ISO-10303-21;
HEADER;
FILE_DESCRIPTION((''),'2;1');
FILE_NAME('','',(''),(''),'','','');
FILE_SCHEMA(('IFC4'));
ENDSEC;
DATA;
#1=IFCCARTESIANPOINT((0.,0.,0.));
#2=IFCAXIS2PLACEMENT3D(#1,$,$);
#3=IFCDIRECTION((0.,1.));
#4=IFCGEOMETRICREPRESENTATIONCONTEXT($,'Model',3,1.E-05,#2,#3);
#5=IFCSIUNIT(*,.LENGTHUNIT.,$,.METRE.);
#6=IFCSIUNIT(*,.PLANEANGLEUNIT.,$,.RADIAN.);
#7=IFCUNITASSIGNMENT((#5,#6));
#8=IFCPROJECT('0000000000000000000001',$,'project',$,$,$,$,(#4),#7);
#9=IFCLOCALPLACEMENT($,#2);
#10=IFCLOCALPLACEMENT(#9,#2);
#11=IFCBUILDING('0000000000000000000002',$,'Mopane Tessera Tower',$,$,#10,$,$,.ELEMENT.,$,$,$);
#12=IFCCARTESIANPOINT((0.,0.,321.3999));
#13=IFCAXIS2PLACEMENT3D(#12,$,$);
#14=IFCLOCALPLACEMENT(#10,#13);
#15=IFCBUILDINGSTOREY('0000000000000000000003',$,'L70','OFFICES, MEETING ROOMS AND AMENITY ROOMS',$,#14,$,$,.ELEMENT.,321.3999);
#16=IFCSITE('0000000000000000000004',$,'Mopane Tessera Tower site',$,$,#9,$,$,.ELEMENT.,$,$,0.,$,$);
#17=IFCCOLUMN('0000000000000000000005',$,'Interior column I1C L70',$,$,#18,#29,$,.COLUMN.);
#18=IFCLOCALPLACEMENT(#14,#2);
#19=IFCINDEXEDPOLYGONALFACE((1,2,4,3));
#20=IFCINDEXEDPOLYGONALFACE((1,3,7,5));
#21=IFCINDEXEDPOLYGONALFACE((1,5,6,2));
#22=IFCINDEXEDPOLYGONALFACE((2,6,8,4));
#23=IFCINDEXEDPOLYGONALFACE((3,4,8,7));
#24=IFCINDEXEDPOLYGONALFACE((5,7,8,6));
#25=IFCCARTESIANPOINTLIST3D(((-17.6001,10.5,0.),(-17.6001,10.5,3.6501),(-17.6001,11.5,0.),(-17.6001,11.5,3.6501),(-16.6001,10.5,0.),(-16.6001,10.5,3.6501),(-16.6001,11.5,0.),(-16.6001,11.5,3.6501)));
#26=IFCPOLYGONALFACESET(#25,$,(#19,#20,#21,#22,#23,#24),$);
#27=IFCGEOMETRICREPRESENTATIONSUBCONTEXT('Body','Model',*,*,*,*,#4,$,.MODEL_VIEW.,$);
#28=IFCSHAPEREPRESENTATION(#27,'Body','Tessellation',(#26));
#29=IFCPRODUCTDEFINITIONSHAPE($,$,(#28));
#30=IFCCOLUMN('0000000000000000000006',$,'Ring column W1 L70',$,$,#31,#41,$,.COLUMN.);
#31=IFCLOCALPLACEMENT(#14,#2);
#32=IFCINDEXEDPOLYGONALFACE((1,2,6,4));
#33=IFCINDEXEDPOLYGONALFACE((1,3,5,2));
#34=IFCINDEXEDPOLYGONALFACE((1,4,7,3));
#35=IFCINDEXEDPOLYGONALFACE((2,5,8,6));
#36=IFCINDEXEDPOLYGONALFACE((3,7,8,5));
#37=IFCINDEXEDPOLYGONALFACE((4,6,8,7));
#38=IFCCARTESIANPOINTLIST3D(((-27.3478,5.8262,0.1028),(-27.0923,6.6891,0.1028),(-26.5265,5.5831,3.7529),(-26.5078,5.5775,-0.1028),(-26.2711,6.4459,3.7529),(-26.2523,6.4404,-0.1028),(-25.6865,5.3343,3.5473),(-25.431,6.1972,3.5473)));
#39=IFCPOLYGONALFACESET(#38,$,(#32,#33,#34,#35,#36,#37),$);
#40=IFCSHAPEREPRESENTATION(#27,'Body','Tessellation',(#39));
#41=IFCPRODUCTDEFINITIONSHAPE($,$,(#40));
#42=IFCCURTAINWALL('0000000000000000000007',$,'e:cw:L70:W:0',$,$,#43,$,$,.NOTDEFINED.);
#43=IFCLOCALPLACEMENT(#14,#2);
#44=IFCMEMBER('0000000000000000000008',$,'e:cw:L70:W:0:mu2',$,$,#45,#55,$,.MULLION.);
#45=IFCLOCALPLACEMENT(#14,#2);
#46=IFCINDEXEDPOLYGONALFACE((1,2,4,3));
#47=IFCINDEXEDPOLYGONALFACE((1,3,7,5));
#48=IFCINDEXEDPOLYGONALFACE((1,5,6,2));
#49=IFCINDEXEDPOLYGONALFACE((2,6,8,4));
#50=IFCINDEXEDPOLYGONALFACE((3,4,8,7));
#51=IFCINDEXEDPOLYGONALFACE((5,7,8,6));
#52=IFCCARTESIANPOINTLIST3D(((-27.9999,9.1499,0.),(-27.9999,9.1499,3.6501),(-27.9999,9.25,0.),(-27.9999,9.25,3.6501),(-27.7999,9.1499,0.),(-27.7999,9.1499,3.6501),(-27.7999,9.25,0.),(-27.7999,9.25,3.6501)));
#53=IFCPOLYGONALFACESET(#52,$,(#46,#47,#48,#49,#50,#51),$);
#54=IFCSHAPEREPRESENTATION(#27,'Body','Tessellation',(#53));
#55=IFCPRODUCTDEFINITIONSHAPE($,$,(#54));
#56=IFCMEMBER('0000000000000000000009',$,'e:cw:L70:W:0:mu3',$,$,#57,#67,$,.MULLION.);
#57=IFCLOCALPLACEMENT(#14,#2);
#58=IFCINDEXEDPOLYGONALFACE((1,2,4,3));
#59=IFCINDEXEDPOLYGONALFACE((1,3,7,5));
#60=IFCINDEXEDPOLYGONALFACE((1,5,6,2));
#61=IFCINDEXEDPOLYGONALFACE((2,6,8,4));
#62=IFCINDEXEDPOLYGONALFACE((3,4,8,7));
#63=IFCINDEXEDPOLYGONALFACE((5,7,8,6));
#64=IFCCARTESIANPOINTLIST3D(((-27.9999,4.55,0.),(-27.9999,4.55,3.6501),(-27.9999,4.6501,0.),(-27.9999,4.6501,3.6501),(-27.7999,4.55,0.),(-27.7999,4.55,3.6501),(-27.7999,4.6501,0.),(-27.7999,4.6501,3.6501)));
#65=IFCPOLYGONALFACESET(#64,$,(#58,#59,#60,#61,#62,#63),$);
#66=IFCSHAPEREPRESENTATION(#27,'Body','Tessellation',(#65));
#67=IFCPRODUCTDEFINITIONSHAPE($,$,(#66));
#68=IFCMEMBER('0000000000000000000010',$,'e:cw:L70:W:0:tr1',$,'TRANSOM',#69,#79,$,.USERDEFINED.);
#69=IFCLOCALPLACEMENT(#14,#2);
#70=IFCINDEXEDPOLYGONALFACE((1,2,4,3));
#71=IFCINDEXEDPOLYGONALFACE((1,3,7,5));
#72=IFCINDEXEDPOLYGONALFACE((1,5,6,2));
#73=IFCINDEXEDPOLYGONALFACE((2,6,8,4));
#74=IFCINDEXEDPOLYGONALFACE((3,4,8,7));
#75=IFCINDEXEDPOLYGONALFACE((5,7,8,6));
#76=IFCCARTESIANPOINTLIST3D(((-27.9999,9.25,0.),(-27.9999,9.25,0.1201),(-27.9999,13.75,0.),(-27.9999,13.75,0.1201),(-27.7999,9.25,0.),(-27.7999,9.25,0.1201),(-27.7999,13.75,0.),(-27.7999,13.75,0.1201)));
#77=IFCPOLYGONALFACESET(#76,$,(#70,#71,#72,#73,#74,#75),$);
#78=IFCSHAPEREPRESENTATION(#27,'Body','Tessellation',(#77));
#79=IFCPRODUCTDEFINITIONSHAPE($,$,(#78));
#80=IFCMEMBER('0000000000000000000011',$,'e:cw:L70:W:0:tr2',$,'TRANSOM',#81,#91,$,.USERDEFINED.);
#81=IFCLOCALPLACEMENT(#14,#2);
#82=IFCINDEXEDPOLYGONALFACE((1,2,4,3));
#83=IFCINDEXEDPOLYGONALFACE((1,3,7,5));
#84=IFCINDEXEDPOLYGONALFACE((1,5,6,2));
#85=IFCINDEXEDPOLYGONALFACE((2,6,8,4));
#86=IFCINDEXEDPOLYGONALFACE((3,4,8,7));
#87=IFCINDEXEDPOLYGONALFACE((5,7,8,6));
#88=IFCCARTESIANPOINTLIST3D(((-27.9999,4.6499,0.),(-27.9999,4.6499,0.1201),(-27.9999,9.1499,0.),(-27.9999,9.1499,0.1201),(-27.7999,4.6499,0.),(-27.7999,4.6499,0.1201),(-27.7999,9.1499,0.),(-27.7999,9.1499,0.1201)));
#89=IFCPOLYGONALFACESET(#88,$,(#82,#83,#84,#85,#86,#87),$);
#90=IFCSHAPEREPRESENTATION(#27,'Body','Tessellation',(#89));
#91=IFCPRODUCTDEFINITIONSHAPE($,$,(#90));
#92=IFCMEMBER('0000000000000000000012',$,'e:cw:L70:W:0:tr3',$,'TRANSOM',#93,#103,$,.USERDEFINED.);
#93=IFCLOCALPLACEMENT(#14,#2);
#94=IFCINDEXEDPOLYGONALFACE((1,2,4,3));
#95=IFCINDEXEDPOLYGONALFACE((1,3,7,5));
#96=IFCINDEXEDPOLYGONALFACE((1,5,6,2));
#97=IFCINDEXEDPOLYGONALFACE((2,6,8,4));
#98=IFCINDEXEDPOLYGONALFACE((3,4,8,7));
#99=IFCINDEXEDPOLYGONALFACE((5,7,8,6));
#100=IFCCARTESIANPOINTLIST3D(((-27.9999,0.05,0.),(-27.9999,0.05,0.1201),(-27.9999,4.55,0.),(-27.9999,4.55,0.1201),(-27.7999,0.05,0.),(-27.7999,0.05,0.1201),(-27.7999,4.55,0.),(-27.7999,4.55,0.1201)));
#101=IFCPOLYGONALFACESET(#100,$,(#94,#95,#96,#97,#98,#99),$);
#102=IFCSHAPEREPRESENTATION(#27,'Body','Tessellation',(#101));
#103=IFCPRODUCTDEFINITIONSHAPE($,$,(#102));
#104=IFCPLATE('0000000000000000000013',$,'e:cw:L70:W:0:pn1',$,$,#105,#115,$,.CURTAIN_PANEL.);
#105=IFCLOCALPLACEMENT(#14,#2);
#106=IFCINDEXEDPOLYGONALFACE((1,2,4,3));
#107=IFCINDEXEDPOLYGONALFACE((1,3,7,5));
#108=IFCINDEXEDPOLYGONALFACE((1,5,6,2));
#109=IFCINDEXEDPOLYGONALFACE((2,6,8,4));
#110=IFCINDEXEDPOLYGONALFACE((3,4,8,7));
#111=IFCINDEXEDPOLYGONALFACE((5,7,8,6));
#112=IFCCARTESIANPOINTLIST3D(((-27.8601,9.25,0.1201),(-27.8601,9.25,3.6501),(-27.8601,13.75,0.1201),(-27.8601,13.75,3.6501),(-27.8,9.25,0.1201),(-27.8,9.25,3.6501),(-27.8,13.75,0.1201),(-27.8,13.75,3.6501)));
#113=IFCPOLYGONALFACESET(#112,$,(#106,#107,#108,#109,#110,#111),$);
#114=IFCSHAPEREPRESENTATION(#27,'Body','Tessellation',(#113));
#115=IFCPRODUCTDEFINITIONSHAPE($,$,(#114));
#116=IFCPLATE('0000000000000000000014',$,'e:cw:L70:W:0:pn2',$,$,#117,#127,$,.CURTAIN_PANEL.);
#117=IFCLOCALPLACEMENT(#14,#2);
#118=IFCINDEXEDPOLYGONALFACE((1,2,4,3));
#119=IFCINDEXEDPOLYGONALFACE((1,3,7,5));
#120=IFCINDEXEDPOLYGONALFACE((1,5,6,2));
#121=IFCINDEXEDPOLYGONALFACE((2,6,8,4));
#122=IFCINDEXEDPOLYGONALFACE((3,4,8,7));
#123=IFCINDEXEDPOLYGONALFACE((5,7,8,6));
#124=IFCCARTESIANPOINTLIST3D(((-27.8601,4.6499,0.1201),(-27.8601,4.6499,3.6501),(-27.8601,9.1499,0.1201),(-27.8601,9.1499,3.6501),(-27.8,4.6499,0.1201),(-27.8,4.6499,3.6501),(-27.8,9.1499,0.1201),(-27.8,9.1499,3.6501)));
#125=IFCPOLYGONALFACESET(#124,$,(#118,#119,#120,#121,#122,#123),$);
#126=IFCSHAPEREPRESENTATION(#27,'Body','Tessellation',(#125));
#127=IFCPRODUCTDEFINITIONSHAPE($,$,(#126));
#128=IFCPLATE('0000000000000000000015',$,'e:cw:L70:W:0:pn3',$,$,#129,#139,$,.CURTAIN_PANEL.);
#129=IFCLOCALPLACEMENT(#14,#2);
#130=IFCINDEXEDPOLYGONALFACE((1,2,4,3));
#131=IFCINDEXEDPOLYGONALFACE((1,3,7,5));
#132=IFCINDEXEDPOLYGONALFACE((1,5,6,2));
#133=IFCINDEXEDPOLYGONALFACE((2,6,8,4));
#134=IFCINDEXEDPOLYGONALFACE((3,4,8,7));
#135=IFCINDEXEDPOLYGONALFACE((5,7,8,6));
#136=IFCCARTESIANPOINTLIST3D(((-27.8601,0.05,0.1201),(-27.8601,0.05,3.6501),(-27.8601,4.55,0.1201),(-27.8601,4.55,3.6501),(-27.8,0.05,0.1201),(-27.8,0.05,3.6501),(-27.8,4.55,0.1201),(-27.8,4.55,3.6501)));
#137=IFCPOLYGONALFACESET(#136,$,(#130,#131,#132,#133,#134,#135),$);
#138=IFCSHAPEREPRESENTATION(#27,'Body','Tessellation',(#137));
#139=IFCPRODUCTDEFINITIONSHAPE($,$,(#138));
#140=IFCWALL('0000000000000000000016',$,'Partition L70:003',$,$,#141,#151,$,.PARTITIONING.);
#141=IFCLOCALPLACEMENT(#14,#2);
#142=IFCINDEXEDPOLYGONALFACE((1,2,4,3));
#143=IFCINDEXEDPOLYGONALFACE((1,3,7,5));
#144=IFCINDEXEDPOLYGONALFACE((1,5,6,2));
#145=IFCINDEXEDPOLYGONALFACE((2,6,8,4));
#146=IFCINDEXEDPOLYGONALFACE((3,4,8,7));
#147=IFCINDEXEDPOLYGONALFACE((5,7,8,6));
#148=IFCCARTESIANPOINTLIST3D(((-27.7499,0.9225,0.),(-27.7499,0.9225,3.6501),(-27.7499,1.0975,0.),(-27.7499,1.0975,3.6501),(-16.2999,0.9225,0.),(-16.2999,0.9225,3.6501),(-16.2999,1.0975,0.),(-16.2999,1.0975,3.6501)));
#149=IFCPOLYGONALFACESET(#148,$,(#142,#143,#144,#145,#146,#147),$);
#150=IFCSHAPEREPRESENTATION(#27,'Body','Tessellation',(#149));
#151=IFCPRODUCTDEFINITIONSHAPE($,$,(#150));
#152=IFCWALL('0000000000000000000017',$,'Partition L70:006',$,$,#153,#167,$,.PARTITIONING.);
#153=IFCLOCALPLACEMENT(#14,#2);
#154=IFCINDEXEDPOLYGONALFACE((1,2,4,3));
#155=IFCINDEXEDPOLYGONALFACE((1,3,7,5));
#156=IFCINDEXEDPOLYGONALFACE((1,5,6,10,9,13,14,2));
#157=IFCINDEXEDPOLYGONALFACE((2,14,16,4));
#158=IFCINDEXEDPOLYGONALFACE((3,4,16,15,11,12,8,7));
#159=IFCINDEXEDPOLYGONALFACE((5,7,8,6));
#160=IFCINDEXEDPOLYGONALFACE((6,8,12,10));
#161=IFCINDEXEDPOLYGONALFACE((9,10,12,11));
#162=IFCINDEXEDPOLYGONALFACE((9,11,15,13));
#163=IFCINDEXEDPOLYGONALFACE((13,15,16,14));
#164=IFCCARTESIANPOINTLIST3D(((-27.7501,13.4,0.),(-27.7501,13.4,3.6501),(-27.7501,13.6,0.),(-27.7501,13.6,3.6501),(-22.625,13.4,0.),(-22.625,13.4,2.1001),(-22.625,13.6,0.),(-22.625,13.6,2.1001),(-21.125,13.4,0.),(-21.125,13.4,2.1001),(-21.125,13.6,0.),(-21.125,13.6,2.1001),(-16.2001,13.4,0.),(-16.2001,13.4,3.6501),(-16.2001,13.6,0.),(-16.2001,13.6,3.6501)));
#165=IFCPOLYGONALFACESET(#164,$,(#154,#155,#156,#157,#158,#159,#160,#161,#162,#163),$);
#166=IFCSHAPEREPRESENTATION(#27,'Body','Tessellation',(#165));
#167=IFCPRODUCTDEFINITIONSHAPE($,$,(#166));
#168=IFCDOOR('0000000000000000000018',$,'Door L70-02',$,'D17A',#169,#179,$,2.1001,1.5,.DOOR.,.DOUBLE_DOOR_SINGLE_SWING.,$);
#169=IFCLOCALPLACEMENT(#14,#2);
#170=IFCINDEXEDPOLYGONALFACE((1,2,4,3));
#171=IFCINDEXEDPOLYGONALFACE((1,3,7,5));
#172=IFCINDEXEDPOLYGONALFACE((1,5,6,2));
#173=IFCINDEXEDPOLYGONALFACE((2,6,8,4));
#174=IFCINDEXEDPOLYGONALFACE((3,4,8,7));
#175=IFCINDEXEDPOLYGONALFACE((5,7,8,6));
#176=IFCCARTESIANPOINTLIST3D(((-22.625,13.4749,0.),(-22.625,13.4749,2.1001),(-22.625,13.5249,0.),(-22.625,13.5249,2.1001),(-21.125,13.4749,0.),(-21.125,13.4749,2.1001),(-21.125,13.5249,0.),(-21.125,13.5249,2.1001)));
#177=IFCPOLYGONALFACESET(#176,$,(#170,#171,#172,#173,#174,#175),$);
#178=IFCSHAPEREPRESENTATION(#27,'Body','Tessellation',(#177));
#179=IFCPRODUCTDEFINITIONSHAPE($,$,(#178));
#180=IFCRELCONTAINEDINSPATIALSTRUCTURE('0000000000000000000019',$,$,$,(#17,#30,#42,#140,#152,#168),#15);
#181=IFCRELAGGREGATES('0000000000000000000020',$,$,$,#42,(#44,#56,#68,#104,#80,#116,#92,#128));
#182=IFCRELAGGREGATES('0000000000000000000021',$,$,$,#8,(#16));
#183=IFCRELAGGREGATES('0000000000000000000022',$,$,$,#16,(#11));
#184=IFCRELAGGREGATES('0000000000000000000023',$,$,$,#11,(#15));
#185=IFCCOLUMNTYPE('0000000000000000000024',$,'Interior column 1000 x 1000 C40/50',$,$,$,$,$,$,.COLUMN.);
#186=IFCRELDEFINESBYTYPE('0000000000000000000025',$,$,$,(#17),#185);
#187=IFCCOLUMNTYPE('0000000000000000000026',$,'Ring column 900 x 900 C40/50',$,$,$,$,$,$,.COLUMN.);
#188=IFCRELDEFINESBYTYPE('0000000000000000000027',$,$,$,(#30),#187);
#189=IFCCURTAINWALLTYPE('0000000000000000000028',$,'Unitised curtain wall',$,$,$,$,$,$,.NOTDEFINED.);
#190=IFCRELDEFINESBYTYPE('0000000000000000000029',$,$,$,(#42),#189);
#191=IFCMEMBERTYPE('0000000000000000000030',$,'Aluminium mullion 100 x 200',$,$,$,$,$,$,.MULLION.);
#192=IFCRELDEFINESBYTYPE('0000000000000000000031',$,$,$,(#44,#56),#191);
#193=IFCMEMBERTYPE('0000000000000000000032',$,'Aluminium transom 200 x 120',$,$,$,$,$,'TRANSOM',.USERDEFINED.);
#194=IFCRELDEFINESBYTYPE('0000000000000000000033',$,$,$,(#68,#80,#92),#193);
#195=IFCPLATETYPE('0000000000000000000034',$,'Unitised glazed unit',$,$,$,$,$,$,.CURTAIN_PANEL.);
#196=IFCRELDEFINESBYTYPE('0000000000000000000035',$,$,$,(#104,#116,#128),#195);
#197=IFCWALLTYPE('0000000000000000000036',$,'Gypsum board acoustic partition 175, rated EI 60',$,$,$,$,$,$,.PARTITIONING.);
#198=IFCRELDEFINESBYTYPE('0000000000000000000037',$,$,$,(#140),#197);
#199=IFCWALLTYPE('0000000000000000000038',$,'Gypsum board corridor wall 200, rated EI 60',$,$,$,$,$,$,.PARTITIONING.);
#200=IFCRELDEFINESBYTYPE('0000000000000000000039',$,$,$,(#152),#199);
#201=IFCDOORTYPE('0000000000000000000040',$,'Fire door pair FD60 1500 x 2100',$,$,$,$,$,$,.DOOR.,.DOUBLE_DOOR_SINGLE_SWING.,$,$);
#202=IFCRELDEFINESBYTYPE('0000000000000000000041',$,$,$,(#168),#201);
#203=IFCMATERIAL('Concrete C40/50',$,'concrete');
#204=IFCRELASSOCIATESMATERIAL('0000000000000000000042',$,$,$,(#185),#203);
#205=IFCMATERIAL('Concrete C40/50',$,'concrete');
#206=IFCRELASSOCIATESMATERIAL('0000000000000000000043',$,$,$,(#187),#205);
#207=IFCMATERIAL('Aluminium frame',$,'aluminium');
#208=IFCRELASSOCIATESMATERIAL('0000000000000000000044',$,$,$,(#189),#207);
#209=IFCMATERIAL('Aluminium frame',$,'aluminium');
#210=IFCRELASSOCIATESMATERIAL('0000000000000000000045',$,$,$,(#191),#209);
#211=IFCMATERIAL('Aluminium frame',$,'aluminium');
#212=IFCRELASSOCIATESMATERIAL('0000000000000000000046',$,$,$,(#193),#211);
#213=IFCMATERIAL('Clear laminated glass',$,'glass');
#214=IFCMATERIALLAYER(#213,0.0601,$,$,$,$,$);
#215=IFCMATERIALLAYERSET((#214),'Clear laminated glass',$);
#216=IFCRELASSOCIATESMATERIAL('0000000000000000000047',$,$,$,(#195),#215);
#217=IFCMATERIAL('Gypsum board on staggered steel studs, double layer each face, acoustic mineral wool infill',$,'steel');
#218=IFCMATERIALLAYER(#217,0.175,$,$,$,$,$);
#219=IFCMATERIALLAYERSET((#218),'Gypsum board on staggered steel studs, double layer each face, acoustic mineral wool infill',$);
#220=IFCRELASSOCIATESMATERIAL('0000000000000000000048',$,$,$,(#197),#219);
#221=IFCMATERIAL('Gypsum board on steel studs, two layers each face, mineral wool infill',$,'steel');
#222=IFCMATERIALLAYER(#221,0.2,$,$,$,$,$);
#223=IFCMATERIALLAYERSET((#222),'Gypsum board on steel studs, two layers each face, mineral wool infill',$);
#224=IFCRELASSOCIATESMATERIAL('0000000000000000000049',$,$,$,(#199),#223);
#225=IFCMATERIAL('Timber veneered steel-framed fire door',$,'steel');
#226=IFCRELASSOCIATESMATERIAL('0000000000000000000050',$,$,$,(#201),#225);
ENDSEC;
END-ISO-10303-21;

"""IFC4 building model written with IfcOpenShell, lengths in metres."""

from ifc_helpers import new_model, si_unit, direction, frame, frame_2d, origin, origin_2d, place, context, subcontext, project, spatial, rectangle, extrude, material, layer, layer_set, material_profile, profile_set, type_object, element, fill, aggregate, save


model = new_model("IFC4")

# Units and contexts
model_context = context("Model", 3, precision=1e-05, world=origin(), true_north=direction((0.0, 1.0)))
body_context = subcontext(model_context, "Body", "Model", "MODEL_VIEW")
ifc_project = project(units=[si_unit("LENGTHUNIT", "METRE"), si_unit("PLANEANGLEUNIT", "RADIAN")], contexts=[model_context])

# Site, building, storey
site_placement = place(None, origin())
site = spatial("IfcSite", under=ifc_project, at=site_placement, Name="Mopane Tessera Tower site", CompositionType="ELEMENT", RefElevation=0.0)
building_placement = place(site_placement, origin())
building = spatial("IfcBuilding", under=site, at=building_placement, Name="Mopane Tessera Tower", CompositionType="ELEMENT")
storey_placement = place(building_placement, frame((0.0, 0.0, 321.3999)))
storey = spatial("IfcBuildingStorey", under=building, at=storey_placement, Name="L70", Description="OFFICES, MEETING ROOMS AND AMENITY ROOMS", CompositionType="ELEMENT", Elevation=321.3999)

# Columns
ifc_material_1 = material(Name="Concrete C40/50", Category="concrete")
ifc_material_profile_1 = material_profile(ifc_material_1, rectangle(XDim=1.0, YDim=1.0, at=origin_2d()))
ifc_profile_set_1 = profile_set([ifc_material_profile_1], Name="Concrete C40/50")
column_type_1 = type_object("IfcColumnType", Name="Interior column 1000 x 1000 C40/50", PredefinedType="COLUMN", material=ifc_profile_set_1)
column_1_placement = place(storey_placement, frame((-17.1001, 11.0, 0.0), z_axis=(0.0, 0.0, 1.0), x_axis=(1.0, 0.0, 0.0)))
element("IfcColumn", 1, at=column_1_placement, inside=storey, type_object=column_type_1, Name="Interior column I1C L70", PredefinedType="COLUMN", context=body_context, shape_type="SweptSolid", body=[
    extrude(rectangle(XDim=1.0, YDim=1.0, at=origin_2d()), origin(), (0.0, 0.0, 1.0), 3.6501),
])
ifc_material_2 = material(Name="Concrete C40/50", Category="concrete")
ifc_material_profile_2 = material_profile(ifc_material_2, rectangle(XDim=0.8999, YDim=0.8999, at=origin_2d()))
ifc_profile_set_2 = profile_set([ifc_material_profile_2], Name="Concrete C40/50")
column_type_2 = type_object("IfcColumnType", Name="Ring column 900 x 900 C40/50", PredefinedType="COLUMN", material=ifc_profile_set_2)
column_2_placement = place(storey_placement, frame((-26.8, 6.1333, 0.0), z_axis=(0.219052, -0.064856, 0.973555), x_axis=(0.283894, 0.958856, 0.0)))
element("IfcColumn", 2, at=column_2_placement, inside=storey, type_object=column_type_2, Name="Ring column W1 L70", PredefinedType="COLUMN", context=body_context, shape_type="SweptSolid", body=[
    extrude(rectangle(XDim=0.8999, YDim=0.8999, at=origin_2d()), origin(), (0.0, 0.0, 1.0), 3.7493),
])

# Curtain wall, members, plates
ifc_material_3 = material(Name="Aluminium frame", Category="aluminium")
curtain_wall_type = type_object("IfcCurtainWallType", Name="Unitised curtain wall", PredefinedType="NOTDEFINED", material=ifc_material_3)
curtain_wall_placement = place(storey_placement, origin())
curtain_wall = element("IfcCurtainWall", 3, at=curtain_wall_placement, inside=storey, type_object=curtain_wall_type, Name="e:cw:L70:W:0", PredefinedType="NOTDEFINED")
ifc_material_4 = material(Name="Aluminium frame", Category="aluminium")
ifc_material_profile_3 = material_profile(ifc_material_4, rectangle(XDim=0.1001, YDim=0.2, at=origin_2d()))
ifc_profile_set_3 = profile_set([ifc_material_profile_3], Name="Aluminium frame")
member_type_1 = type_object("IfcMemberType", Name="Aluminium mullion 100 x 200", PredefinedType="MULLION", material=ifc_profile_set_3)
member_1_placement = place(storey_placement, frame((-27.8999, 9.2, 0.0), z_axis=(0.0, 0.0, 1.0), x_axis=(0.0, -1.0, 0.0)))
member_1 = element("IfcMember", 4, at=member_1_placement, type_object=member_type_1, Name="e:cw:L70:W:0:mu2", PredefinedType="MULLION", context=body_context, shape_type="SweptSolid", body=[
    extrude(rectangle(XDim=0.1001, YDim=0.2, at=origin_2d()), origin(), (0.0, 0.0, 1.0), 3.6501),
])
member_2_placement = place(storey_placement, frame((-27.8999, 4.6001, 0.0), z_axis=(0.0, 0.0, 1.0), x_axis=(0.0, -1.0, 0.0)))
member_2 = element("IfcMember", 5, at=member_2_placement, type_object=member_type_1, Name="e:cw:L70:W:0:mu3", PredefinedType="MULLION", context=body_context, shape_type="SweptSolid", body=[
    extrude(rectangle(XDim=0.1001, YDim=0.2, at=origin_2d()), origin(), (0.0, 0.0, 1.0), 3.6501),
])
ifc_material_5 = material(Name="Aluminium frame", Category="aluminium")
ifc_material_profile_4 = material_profile(ifc_material_5, rectangle(XDim=0.2, YDim=0.1201, at=origin_2d()))
ifc_profile_set_4 = profile_set([ifc_material_profile_4], Name="Aluminium frame")
member_type_2 = type_object("IfcMemberType", Name="Aluminium transom 200 x 120", ElementType="TRANSOM", PredefinedType="USERDEFINED", material=ifc_profile_set_4)
member_3_placement = place(storey_placement, frame((-27.8999, 13.75, 0.0601), z_axis=(0.0, -1.0, 0.0), x_axis=(1.0, 0.0, 0.0)))
member_3 = element("IfcMember", 6, at=member_3_placement, type_object=member_type_2, Name="e:cw:L70:W:0:tr1", ObjectType="TRANSOM", PredefinedType="USERDEFINED", context=body_context, shape_type="SweptSolid", body=[
    extrude(rectangle(XDim=0.2, YDim=0.1201, at=origin_2d()), origin(), (0.0, 0.0, 1.0), 4.5),
])
member_4_placement = place(storey_placement, frame((-27.8999, 9.1499, 0.0601), z_axis=(0.0, -1.0, 0.0), x_axis=(1.0, 0.0, 0.0)))
member_4 = element("IfcMember", 7, at=member_4_placement, type_object=member_type_2, Name="e:cw:L70:W:0:tr2", ObjectType="TRANSOM", PredefinedType="USERDEFINED", context=body_context, shape_type="SweptSolid", body=[
    extrude(rectangle(XDim=0.2, YDim=0.1201, at=origin_2d()), origin(), (0.0, 0.0, 1.0), 4.5),
])
member_5_placement = place(storey_placement, frame((-27.8999, 4.55, 0.0601), z_axis=(0.0, -1.0, 0.0), x_axis=(1.0, 0.0, 0.0)))
member_5 = element("IfcMember", 8, at=member_5_placement, type_object=member_type_2, Name="e:cw:L70:W:0:tr3", ObjectType="TRANSOM", PredefinedType="USERDEFINED", context=body_context, shape_type="SweptSolid", body=[
    extrude(rectangle(XDim=0.2, YDim=0.1201, at=origin_2d()), origin(), (0.0, 0.0, 1.0), 4.5),
])
ifc_material_6 = material(Name="Clear laminated glass", Category="glass")
ifc_layer_1 = layer(ifc_material_6, 0.0601)
ifc_layer_set_1 = layer_set([ifc_layer_1], Name="Clear laminated glass")
plate_type = type_object("IfcPlateType", Name="Unitised glazed unit", PredefinedType="CURTAIN_PANEL", material=ifc_layer_set_1)
plate_1_placement = place(storey_placement, frame((-27.8301, 11.5, 0.1201), z_axis=(0.0, 0.0, 1.0), x_axis=(0.0, -1.0, 0.0)))
plate_1 = element("IfcPlate", 9, at=plate_1_placement, type_object=plate_type, Name="e:cw:L70:W:0:pn1", PredefinedType="CURTAIN_PANEL", context=body_context, shape_type="SweptSolid", body=[
    extrude(rectangle(XDim=4.5, YDim=0.0601, at=origin_2d()), origin(), (0.0, 0.0, 1.0), 3.53),
])
plate_2_placement = place(storey_placement, frame((-27.8301, 6.8999, 0.1201), z_axis=(0.0, 0.0, 1.0), x_axis=(0.0, -1.0, 0.0)))
plate_2 = element("IfcPlate", 10, at=plate_2_placement, type_object=plate_type, Name="e:cw:L70:W:0:pn2", PredefinedType="CURTAIN_PANEL", context=body_context, shape_type="SweptSolid", body=[
    extrude(rectangle(XDim=4.5, YDim=0.0601, at=origin_2d()), origin(), (0.0, 0.0, 1.0), 3.53),
])
plate_3_placement = place(storey_placement, frame((-27.8301, 2.3, 0.1201), z_axis=(0.0, 0.0, 1.0), x_axis=(0.0, -1.0, 0.0)))
plate_3 = element("IfcPlate", 11, at=plate_3_placement, type_object=plate_type, Name="e:cw:L70:W:0:pn3", PredefinedType="CURTAIN_PANEL", context=body_context, shape_type="SweptSolid", body=[
    extrude(rectangle(XDim=4.5, YDim=0.0601, at=origin_2d()), origin(), (0.0, 0.0, 1.0), 3.53),
])
aggregate(curtain_wall, [member_1, member_2, member_3, plate_1, member_4, plate_2, member_5, plate_3])

# Wall
ifc_material_7 = material(Name="Gypsum board on staggered steel studs, double layer each face, acoustic mineral wool infill", Category="steel")
ifc_layer_2 = layer(ifc_material_7, 0.175)
ifc_layer_set_2 = layer_set([ifc_layer_2], Name="Gypsum board on staggered steel studs, double layer each face, acoustic mineral wool infill")
wall_type_1 = type_object("IfcWallType", Name="Gypsum board acoustic partition 175, rated EI 60", PredefinedType="PARTITIONING", material=ifc_layer_set_2)
wall_1_placement = place(storey_placement, frame((-27.75, 1.01, 0.0), z_axis=(0.0, 0.0, 1.0), x_axis=(1.0, 0.0, 0.0)))
element("IfcWall", 12, at=wall_1_placement, inside=storey, type_object=wall_type_1, Name="Partition L70:003", PredefinedType="PARTITIONING", context=body_context, shape_type="SweptSolid", body=[
    extrude(rectangle(XDim=11.45, YDim=0.175, at=frame_2d((5.7251, 0.0))), origin(), (0.0, 0.0, 1.0), 3.6501),
])

# Wall, opening, door
ifc_material_8 = material(Name="Gypsum board on steel studs, two layers each face, mineral wool infill", Category="steel")
ifc_layer_3 = layer(ifc_material_8, 0.2)
ifc_layer_set_3 = layer_set([ifc_layer_3], Name="Gypsum board on steel studs, two layers each face, mineral wool infill")
wall_type_2 = type_object("IfcWallType", Name="Gypsum board corridor wall 200, rated EI 60", PredefinedType="PARTITIONING", material=ifc_layer_set_3)
wall_2_placement = place(storey_placement, frame((-27.75, 13.5, 0.0), z_axis=(0.0, 0.0, 1.0), x_axis=(1.0, 0.0, 0.0)))
wall_2 = element("IfcWall", 13, at=wall_2_placement, inside=storey, type_object=wall_type_2, Name="Partition L70:006", PredefinedType="PARTITIONING", context=body_context, shape_type="SweptSolid", body=[
    extrude(rectangle(XDim=11.55, YDim=0.2, at=frame_2d((5.7749, 0.0))), origin(), (0.0, 0.0, 1.0), 3.6501),
])
opening_placement = place(wall_2_placement, frame((5.125, 0.0, 0.0)))
opening = element("IfcOpeningElement", 14, at=opening_placement, cuts=wall_2, PredefinedType="OPENING", context=body_context, shape_type="SweptSolid", body=[
    extrude(rectangle(XDim=1.5, YDim=2.1001, at=frame_2d((0.75, 1.05))), frame((0.0, 0.1121, 0.0), z_axis=(0.0, -1.0, 0.0), x_axis=(1.0, 0.0, 0.0)), (0.0, 0.0, 1.0), 0.2239),
])
ifc_material_9 = material(Name="Timber veneered steel-framed fire door", Category="steel")
door_type = type_object("IfcDoorType", Name="Fire door pair FD60 1500 x 2100", OperationType="DOUBLE_DOOR_SINGLE_SWING", PredefinedType="DOOR", material=ifc_material_9)
door_placement = place(opening_placement, origin())
door = element("IfcDoor", 15, at=door_placement, inside=storey, type_object=door_type, Name="Door L70-02", ObjectType="D17A", OperationType="DOUBLE_DOOR_SINGLE_SWING", OverallHeight=2.1001, OverallWidth=1.5, PredefinedType="DOOR", context=body_context, shape_type="SweptSolid", body=[
    extrude(rectangle(XDim=1.5, YDim=2.1001, at=frame_2d((0.75, 1.05))), frame((0.0, 0.0249, 0.0), z_axis=(0.0, -1.0, 0.0), x_axis=(1.0, 0.0, 0.0)), (0.0, 0.0, 1.0), 0.05),
])
fill(opening, door)

save(model, "model.ifc")
